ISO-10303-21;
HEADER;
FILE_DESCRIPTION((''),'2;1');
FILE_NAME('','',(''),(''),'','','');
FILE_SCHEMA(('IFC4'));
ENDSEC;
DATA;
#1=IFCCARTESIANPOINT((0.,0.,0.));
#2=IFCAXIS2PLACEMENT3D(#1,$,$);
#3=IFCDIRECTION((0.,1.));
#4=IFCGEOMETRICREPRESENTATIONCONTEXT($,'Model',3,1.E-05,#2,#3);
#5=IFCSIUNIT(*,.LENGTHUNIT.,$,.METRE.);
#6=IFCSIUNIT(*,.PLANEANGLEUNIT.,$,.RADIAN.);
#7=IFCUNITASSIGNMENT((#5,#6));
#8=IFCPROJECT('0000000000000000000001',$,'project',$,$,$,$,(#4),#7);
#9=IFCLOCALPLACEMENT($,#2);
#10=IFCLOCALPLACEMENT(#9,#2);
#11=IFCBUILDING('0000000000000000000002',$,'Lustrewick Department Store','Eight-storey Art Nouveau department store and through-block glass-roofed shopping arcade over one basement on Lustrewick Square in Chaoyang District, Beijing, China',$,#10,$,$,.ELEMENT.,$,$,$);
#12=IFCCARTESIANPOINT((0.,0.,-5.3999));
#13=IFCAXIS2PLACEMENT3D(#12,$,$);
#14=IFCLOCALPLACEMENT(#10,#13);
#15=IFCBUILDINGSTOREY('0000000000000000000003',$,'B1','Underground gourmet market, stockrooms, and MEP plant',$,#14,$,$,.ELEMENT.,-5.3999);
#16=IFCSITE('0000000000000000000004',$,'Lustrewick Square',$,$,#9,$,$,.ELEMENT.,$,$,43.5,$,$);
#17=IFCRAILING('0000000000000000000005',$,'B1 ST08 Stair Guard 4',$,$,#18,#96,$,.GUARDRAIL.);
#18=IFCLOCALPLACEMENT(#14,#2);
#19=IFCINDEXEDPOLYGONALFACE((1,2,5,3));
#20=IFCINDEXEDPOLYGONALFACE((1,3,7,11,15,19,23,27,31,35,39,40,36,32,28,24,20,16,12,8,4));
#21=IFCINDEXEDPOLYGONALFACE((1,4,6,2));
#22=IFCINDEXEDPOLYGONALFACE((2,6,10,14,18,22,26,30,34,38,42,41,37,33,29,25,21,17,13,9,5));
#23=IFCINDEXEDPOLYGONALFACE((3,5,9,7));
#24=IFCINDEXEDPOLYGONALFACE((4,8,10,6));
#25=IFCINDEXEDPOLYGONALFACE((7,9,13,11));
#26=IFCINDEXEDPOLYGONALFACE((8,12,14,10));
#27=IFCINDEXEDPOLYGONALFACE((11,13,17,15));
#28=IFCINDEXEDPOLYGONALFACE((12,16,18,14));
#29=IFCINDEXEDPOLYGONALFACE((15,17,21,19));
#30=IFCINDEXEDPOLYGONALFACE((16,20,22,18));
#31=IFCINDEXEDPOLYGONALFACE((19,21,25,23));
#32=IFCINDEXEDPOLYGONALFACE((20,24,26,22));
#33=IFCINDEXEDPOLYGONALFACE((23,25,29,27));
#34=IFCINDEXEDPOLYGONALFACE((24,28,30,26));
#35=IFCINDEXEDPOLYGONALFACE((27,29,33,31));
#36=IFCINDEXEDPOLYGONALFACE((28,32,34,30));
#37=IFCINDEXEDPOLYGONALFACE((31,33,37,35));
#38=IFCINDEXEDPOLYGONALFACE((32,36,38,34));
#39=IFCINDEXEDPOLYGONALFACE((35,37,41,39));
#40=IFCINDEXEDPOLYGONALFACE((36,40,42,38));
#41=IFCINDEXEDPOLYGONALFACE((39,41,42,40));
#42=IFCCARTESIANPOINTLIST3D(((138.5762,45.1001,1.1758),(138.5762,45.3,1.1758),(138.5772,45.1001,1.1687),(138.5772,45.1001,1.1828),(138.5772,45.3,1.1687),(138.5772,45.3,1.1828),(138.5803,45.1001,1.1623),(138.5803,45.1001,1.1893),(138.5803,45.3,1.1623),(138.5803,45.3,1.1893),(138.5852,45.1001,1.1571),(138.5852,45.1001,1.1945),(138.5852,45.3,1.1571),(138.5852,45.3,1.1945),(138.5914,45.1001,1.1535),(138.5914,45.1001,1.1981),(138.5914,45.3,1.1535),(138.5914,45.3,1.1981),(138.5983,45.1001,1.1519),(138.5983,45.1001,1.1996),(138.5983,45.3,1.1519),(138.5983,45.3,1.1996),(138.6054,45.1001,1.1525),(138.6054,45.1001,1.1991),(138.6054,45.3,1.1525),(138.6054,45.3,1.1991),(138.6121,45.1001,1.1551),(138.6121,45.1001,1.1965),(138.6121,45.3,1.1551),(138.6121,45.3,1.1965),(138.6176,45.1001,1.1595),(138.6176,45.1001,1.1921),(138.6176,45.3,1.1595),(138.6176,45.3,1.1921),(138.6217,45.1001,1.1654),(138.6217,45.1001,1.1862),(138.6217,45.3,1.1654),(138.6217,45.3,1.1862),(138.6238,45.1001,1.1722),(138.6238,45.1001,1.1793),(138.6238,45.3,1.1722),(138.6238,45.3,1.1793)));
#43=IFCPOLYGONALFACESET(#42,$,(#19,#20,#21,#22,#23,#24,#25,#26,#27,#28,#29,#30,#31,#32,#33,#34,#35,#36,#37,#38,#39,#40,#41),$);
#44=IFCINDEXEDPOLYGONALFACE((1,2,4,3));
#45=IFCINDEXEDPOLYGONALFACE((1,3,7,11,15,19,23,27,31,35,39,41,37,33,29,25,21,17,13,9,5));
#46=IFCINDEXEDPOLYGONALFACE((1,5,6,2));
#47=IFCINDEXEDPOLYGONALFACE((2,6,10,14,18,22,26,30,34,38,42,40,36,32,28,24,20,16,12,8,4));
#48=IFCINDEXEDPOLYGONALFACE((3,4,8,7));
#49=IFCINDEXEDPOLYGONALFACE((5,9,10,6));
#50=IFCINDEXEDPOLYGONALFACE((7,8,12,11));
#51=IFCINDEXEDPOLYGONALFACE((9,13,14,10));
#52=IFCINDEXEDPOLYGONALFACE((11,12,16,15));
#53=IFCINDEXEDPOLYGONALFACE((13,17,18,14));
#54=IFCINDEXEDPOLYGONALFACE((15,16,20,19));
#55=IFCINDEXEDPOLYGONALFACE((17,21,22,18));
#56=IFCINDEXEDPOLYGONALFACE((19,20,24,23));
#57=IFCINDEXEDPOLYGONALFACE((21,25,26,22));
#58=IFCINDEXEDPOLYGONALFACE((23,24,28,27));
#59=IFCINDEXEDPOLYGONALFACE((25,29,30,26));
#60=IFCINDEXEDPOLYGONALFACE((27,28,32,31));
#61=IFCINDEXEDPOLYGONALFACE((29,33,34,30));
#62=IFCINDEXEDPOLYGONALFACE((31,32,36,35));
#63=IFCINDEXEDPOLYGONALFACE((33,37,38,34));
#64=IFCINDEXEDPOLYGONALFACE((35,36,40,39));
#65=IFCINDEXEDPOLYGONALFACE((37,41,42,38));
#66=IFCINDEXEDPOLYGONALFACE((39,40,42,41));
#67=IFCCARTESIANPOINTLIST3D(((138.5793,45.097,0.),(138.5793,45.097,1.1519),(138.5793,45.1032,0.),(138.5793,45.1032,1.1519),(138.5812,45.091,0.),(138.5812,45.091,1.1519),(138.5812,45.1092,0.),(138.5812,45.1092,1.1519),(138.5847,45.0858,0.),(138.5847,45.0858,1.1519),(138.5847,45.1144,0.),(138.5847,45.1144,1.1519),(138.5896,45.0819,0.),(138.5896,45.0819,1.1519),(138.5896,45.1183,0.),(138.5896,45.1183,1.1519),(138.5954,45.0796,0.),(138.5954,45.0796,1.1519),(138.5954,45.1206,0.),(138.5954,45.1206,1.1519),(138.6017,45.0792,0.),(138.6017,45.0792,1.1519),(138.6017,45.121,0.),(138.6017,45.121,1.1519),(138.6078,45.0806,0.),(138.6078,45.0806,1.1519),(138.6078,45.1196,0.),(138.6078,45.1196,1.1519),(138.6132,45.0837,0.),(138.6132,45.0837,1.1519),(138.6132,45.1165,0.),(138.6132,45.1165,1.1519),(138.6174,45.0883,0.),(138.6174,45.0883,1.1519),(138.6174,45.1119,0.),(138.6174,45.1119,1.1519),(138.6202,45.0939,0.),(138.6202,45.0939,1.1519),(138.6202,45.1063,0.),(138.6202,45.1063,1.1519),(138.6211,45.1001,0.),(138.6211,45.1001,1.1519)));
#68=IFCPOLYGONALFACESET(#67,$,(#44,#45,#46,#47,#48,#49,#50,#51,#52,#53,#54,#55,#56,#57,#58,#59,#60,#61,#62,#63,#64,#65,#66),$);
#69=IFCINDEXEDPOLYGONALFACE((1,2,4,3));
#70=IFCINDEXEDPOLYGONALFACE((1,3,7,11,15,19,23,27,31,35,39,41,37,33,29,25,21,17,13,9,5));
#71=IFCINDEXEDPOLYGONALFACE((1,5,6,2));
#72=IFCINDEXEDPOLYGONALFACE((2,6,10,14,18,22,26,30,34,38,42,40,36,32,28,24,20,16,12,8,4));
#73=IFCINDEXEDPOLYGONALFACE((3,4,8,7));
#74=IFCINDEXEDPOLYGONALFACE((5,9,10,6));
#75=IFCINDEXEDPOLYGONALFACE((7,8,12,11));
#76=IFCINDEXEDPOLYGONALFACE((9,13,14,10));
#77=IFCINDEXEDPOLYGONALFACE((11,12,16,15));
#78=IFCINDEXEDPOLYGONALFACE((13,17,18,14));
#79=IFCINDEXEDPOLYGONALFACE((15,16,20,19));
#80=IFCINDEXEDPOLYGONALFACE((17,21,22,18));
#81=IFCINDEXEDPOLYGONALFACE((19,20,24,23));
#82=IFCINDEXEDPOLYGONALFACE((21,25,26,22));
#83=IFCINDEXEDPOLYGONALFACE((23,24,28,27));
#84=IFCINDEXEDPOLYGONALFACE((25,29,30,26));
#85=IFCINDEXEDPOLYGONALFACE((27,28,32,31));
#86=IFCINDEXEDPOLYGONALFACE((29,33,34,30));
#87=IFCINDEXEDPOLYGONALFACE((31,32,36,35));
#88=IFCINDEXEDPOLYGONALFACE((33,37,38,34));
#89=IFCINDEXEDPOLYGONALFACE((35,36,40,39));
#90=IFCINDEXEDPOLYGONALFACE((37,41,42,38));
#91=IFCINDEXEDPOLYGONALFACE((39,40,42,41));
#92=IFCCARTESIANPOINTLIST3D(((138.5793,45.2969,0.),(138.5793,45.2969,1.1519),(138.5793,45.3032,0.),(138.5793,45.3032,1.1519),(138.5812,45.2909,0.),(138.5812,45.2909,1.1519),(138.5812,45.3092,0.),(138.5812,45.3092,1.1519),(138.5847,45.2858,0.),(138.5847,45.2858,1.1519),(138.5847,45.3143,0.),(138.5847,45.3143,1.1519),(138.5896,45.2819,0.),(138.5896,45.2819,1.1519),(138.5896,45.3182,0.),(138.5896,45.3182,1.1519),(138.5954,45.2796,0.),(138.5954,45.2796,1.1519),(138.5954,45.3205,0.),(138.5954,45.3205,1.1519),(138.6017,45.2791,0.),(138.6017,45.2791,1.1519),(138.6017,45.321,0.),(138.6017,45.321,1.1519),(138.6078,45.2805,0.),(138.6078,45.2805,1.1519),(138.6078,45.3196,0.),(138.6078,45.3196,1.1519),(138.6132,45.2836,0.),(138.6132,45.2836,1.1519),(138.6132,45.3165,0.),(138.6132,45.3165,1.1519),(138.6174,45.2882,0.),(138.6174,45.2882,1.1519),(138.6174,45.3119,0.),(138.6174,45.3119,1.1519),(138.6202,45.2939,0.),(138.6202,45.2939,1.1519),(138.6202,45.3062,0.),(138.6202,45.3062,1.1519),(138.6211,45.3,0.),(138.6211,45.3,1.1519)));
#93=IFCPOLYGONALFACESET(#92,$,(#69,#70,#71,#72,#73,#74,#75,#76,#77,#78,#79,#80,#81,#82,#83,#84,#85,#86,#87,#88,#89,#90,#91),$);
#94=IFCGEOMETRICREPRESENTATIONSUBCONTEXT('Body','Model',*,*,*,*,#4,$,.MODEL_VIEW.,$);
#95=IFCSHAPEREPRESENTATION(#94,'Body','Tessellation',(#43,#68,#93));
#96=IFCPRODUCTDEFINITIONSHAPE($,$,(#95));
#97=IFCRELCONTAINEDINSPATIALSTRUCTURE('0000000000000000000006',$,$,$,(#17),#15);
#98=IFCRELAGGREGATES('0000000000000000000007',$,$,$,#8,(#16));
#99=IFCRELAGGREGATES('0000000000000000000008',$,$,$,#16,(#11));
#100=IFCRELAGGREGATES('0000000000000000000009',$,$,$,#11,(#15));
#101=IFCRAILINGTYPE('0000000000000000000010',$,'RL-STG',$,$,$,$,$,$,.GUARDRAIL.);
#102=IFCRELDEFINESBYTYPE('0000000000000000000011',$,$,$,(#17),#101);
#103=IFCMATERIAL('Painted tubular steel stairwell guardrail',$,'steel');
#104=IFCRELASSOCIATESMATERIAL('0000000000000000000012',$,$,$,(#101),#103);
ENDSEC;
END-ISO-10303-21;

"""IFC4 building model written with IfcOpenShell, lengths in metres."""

from ifc_helpers import new_model, si_unit, direction, frame, origin, origin_2d, place, context, subcontext, project, spatial, circle, extrude, material, type_object, element, save


model = new_model("IFC4")

# Units and contexts
model_context = context("Model", 3, precision=1e-05, world=origin(), true_north=direction((0.0, 1.0)))
body_context = subcontext(model_context, "Body", "Model", "MODEL_VIEW")
ifc_project = project(units=[si_unit("LENGTHUNIT", "METRE"), si_unit("PLANEANGLEUNIT", "RADIAN")], contexts=[model_context])

# Site, building, storey
site_placement = place(None, origin())
site = spatial("IfcSite", under=ifc_project, at=site_placement, Name="Lustrewick Square", CompositionType="ELEMENT", RefElevation=43.5)
building_placement = place(site_placement, origin())
building = spatial("IfcBuilding", under=site, at=building_placement, Name="Lustrewick Department Store", Description="Eight-storey Art Nouveau department store and through-block glass-roofed shopping arcade over one basement on Lustrewick Square in Chaoyang District, Beijing, China", CompositionType="ELEMENT")
storey_placement = place(building_placement, frame((0.0, 0.0, -5.3999)))
storey = spatial("IfcBuildingStorey", under=building, at=storey_placement, Name="B1", Description="Underground gourmet market, stockrooms, and MEP plant", CompositionType="ELEMENT", Elevation=-5.3999)

# Railing
ifc_material_1 = material(Name="Painted tubular steel stairwell guardrail", Category="steel")
railing_type_1 = type_object("IfcRailingType", Name="RL-STG", PredefinedType="GUARDRAIL", material=ifc_material_1)
railing_1_placement = place(storey_placement, frame((138.6001, 45.1001, 0.0)))
element("IfcRailing", 1, at=railing_1_placement, inside=storey, type_object=railing_type_1, Name="B1 ST08 Stair Guard 4", PredefinedType="GUARDRAIL", context=body_context, shape_type="SweptSolid", body=[
    extrude(circle(Radius=0.0239, at=origin_2d()), frame((0.0, 0.0, 1.1758), z_axis=(0.0, 1.0, 0.0), x_axis=(-1.0, 0.0, 0.0)), (0.0, 0.0, 1.0), 0.2),
    extrude(circle(Radius=0.021, at=origin_2d()), origin(), (0.0, 0.0, 1.0), 1.1519),
    extrude(circle(Radius=0.021, at=origin_2d()), frame((0.0, 0.2, 0.0)), (0.0, 0.0, 1.0), 1.1519),
])

save(model, "model.ifc")
